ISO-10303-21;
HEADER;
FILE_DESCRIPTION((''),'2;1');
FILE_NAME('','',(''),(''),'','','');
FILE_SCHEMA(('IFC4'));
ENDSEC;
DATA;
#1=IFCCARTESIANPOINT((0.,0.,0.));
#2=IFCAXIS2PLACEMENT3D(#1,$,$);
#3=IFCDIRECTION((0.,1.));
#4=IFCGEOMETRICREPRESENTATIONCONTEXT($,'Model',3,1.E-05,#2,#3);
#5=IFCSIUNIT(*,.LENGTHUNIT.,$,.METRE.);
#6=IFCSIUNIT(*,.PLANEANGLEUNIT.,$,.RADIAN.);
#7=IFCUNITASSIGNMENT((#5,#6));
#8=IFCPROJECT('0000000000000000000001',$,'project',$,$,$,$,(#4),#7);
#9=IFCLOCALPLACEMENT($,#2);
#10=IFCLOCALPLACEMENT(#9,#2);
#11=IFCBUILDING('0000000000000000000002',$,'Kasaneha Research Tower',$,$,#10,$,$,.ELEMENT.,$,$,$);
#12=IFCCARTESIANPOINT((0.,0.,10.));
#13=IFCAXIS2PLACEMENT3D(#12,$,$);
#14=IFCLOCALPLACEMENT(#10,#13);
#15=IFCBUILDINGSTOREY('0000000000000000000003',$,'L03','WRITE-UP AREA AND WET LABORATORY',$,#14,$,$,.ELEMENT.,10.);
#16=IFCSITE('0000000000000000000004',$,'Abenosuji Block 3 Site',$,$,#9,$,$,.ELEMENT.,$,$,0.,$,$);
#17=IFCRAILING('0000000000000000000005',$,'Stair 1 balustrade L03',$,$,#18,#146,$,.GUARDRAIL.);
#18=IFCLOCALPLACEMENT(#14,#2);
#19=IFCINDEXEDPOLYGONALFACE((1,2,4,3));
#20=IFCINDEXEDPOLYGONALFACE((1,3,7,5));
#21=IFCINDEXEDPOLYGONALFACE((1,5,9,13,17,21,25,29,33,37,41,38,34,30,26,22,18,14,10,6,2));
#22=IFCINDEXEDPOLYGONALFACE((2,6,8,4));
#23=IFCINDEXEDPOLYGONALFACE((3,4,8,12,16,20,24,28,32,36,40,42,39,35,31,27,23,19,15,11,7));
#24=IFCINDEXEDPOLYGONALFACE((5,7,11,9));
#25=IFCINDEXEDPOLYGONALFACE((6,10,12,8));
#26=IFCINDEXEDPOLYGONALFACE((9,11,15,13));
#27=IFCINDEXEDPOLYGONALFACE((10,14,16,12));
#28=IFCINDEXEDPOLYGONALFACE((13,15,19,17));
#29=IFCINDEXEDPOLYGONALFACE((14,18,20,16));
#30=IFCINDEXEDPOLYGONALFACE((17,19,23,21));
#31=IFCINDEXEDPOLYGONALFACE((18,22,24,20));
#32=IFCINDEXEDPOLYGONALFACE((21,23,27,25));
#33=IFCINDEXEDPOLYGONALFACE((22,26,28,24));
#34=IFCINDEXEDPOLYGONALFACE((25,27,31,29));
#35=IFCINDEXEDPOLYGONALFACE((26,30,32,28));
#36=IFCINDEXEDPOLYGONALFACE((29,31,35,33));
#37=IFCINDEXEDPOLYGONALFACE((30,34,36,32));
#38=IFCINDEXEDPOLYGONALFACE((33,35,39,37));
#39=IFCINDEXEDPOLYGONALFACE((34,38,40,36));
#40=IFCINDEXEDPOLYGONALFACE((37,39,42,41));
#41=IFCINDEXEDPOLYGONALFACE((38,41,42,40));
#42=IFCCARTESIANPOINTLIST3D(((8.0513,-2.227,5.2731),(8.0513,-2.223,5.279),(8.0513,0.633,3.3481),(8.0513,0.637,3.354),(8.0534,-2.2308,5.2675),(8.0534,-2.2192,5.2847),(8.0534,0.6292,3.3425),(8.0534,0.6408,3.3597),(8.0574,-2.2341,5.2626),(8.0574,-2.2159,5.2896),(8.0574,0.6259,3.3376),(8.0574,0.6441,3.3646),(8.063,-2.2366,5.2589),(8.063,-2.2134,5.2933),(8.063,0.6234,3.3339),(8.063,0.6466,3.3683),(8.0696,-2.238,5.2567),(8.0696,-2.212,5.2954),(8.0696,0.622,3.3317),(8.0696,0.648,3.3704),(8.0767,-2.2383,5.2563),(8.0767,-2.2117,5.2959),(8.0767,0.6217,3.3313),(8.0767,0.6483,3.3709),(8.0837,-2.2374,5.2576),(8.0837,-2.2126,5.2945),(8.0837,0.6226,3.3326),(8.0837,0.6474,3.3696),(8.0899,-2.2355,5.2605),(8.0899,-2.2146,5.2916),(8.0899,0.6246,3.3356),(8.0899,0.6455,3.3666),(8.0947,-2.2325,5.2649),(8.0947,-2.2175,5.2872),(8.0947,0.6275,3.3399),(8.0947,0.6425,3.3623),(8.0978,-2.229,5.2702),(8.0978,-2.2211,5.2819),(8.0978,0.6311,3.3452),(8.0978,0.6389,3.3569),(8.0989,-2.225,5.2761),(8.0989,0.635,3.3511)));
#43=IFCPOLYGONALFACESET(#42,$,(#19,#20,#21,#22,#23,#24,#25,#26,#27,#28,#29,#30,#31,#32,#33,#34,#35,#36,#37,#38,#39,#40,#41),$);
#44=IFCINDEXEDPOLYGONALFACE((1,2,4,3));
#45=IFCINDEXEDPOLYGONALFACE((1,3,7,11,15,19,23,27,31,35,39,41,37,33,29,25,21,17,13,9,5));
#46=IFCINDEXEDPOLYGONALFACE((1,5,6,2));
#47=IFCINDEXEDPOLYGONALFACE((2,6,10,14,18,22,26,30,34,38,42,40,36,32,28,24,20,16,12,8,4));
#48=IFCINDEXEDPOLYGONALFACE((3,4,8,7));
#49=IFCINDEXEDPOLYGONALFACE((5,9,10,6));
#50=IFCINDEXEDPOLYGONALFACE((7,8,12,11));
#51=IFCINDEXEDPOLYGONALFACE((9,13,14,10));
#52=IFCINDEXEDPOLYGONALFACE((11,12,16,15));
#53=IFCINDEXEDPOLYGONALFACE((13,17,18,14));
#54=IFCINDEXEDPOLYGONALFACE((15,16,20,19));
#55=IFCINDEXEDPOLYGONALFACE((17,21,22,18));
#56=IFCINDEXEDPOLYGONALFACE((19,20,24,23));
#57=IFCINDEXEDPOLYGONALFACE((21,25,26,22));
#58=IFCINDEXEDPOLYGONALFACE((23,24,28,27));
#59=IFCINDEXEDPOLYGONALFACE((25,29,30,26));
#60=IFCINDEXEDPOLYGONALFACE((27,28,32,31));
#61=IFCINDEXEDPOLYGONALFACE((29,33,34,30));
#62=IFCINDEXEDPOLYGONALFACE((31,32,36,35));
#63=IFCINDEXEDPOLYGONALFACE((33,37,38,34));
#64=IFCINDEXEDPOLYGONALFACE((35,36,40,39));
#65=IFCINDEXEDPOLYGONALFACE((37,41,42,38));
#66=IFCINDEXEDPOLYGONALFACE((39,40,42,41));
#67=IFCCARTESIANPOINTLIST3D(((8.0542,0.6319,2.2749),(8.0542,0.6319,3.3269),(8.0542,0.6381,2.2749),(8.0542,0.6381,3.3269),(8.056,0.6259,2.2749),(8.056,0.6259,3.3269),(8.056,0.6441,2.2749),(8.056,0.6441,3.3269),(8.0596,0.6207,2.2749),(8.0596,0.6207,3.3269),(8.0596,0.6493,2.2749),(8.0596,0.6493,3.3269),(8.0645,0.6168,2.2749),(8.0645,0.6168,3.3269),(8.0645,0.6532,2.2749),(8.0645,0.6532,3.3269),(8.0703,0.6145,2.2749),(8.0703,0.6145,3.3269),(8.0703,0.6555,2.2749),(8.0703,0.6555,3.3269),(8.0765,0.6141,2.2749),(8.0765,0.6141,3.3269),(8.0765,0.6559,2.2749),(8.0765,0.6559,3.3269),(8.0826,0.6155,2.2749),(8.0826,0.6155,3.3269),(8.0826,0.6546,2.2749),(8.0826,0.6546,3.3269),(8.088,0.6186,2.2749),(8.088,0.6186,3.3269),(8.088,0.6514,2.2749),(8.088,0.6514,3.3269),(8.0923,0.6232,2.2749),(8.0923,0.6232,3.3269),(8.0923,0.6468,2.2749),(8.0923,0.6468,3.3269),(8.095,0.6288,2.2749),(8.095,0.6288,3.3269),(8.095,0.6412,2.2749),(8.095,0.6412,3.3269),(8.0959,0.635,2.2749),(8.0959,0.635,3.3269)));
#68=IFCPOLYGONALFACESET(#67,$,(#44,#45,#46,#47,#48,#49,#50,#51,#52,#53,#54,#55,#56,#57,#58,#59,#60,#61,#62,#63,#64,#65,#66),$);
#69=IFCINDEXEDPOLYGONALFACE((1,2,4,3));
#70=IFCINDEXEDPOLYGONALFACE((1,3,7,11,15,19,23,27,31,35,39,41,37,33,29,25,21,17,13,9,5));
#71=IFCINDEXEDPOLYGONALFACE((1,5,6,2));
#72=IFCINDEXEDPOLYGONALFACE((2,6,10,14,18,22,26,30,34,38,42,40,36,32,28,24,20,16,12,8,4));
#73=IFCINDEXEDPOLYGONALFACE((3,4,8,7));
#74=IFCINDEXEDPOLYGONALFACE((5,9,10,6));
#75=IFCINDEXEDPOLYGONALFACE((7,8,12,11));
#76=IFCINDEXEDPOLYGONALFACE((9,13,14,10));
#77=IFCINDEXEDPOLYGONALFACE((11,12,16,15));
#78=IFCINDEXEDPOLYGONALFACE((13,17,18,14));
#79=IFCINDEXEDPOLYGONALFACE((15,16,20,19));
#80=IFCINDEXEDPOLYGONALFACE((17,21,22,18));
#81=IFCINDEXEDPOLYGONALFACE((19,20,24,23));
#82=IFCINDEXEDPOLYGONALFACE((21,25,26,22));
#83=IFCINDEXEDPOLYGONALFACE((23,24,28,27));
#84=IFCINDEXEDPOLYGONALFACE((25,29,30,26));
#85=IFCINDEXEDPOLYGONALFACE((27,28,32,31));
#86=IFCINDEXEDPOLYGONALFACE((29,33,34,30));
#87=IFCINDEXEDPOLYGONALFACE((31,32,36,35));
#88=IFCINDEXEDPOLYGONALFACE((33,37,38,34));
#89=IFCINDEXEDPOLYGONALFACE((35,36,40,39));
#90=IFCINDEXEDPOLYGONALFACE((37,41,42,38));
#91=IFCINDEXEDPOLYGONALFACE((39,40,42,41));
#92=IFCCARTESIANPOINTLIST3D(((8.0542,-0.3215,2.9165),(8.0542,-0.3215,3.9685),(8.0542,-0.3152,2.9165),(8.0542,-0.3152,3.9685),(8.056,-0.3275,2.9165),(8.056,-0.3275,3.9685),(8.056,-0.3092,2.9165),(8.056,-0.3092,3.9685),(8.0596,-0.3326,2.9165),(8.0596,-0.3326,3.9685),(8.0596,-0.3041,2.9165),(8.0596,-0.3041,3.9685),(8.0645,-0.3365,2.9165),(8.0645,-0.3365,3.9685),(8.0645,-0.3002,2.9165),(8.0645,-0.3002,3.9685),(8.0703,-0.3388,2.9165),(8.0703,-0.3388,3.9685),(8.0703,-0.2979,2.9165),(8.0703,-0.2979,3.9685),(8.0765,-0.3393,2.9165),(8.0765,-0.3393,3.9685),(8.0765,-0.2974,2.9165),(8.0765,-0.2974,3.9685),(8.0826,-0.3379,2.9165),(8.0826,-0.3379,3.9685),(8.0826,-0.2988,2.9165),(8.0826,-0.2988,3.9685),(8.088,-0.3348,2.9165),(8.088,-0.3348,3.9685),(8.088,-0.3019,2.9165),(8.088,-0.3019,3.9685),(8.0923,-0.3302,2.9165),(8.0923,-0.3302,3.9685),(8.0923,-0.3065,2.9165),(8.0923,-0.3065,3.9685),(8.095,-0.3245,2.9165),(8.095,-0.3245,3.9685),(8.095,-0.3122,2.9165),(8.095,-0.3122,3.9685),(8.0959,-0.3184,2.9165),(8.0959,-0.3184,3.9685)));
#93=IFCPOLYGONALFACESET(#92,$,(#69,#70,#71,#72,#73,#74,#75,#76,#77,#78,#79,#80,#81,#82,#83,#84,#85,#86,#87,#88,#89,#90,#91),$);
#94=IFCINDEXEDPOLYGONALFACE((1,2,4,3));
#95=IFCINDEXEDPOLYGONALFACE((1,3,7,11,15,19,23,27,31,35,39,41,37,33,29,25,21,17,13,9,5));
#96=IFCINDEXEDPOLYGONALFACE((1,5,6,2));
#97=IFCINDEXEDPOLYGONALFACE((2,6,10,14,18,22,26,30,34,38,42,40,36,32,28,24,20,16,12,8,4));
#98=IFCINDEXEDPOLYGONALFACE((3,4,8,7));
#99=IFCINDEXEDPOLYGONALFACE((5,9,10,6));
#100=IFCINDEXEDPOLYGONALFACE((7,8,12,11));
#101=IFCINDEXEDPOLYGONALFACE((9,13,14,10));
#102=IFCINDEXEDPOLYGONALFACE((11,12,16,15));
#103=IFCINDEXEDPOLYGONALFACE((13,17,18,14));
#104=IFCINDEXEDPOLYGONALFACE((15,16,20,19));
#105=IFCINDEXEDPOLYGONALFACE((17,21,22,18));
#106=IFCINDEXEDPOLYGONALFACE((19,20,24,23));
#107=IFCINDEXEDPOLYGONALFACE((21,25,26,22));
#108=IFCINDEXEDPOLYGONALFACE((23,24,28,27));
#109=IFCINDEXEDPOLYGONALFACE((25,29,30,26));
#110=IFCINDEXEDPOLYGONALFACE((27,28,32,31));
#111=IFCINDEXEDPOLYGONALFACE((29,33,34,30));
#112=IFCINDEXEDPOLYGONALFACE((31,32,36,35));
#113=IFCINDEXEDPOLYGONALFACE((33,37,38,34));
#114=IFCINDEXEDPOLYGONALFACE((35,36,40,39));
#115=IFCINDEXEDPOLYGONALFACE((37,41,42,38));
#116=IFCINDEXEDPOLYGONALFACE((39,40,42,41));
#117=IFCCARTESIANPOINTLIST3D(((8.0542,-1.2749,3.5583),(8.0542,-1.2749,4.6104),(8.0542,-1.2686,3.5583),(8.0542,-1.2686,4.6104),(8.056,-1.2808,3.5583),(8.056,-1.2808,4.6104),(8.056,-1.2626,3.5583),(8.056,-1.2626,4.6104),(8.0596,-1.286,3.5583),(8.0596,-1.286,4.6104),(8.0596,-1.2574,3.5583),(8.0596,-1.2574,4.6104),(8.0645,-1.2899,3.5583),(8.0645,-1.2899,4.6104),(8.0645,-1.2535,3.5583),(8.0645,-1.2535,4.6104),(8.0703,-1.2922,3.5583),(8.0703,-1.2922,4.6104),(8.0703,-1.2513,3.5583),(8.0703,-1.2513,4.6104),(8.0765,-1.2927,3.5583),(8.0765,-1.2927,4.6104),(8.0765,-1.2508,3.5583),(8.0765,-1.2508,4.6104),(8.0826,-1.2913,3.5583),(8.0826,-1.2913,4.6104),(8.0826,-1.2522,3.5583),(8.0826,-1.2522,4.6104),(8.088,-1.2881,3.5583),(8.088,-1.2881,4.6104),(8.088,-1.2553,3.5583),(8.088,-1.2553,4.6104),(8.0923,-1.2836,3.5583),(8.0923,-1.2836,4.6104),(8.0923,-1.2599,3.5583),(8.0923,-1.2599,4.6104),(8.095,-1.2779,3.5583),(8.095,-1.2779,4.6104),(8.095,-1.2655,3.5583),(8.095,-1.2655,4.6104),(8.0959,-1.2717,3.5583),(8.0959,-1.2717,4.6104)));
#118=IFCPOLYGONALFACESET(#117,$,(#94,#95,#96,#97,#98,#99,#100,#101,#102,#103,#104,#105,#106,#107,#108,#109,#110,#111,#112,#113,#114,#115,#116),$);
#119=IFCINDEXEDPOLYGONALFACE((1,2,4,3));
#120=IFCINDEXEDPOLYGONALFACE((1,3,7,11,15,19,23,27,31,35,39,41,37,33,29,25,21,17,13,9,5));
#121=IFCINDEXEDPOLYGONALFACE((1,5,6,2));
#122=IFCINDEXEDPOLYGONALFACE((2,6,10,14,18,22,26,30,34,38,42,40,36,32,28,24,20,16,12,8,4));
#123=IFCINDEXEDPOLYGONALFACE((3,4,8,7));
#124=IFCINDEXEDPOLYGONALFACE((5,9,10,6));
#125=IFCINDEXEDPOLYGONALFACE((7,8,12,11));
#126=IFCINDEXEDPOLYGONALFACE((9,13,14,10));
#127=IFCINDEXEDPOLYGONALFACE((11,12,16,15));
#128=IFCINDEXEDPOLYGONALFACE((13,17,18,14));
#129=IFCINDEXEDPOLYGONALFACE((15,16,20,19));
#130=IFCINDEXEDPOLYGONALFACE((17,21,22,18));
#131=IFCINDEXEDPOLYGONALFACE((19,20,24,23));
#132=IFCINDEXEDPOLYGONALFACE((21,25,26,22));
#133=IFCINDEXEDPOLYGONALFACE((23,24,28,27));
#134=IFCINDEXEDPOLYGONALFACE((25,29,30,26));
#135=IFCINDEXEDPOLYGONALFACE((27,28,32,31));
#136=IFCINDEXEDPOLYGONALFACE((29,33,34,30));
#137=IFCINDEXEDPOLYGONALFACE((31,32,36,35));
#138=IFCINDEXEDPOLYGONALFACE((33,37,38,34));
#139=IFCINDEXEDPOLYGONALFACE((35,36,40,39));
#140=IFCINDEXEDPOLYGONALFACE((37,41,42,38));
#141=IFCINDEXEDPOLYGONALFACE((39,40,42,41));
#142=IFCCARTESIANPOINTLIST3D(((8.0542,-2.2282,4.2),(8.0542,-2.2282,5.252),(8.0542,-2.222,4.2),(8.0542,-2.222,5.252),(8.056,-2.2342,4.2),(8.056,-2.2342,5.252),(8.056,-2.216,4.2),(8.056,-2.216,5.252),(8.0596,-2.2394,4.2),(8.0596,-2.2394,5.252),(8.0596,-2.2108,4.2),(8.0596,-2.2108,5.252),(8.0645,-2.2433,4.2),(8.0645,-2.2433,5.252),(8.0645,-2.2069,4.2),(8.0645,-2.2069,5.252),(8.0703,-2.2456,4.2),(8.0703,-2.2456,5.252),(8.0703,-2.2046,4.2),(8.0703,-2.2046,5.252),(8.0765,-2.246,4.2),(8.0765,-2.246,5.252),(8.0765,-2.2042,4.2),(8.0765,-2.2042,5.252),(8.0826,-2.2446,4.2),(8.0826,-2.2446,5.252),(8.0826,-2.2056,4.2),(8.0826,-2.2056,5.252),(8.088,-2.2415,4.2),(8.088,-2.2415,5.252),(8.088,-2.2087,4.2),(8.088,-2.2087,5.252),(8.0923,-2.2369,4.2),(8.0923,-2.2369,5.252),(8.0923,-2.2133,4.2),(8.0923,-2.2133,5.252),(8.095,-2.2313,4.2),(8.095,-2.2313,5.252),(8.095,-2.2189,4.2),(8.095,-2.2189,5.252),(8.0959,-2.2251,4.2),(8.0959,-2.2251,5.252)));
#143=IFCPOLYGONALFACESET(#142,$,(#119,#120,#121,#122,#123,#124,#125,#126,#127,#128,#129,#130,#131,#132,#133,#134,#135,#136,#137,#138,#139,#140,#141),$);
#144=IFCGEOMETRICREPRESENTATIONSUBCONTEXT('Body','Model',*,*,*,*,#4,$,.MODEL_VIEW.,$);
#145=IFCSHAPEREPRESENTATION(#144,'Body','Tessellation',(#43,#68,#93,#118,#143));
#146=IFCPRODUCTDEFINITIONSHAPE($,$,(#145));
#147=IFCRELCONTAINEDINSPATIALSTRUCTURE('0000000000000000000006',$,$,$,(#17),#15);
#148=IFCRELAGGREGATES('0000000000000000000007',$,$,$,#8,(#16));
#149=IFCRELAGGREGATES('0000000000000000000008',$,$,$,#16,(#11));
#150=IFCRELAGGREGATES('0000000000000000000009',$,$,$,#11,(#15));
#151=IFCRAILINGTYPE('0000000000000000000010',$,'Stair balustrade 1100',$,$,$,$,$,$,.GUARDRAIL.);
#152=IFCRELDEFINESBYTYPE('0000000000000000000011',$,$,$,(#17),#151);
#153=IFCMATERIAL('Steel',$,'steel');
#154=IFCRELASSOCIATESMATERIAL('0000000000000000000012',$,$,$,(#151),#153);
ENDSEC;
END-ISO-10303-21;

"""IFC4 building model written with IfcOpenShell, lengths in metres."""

from ifc_helpers import new_model, si_unit, direction, frame, origin, origin_2d, place, context, subcontext, project, spatial, circle, extrude, material, type_object, element, save


model = new_model("IFC4")

# Units and contexts
model_context = context("Model", 3, precision=1e-05, world=origin(), true_north=direction((0.0, 1.0)))
body_context = subcontext(model_context, "Body", "Model", "MODEL_VIEW")
ifc_project = project(units=[si_unit("LENGTHUNIT", "METRE"), si_unit("PLANEANGLEUNIT", "RADIAN")], contexts=[model_context])

# Site, building, storey
site_placement = place(None, origin())
site = spatial("IfcSite", under=ifc_project, at=site_placement, Name="Abenosuji Block 3 Site", CompositionType="ELEMENT", RefElevation=0.0)
building_placement = place(site_placement, origin())
building = spatial("IfcBuilding", under=site, at=building_placement, Name="Kasaneha Research Tower", CompositionType="ELEMENT")
storey_placement = place(building_placement, frame((0.0, 0.0, 10.0)))
storey = spatial("IfcBuildingStorey", under=building, at=storey_placement, Name="L03", Description="WRITE-UP AREA AND WET LABORATORY", CompositionType="ELEMENT", Elevation=10.0)

# Railing
ifc_material_1 = material(Name="Steel", Category="steel")
railing_type_1 = type_object("IfcRailingType", Name="Stair balustrade 1100", PredefinedType="GUARDRAIL", material=ifc_material_1)
railing_1_placement = place(storey_placement, frame((8.075, 0.635, 2.2749)))
element("IfcRailing", 1, at=railing_1_placement, inside=storey, type_object=railing_type_1, Name="Stair 1 balustrade L03", PredefinedType="GUARDRAIL", context=body_context, shape_type="SweptSolid", body=[
    extrude(circle(Radius=0.0239, at=origin_2d()), frame((0.0, 0.0, 1.0762), z_axis=(0.0, -0.829591, 0.558372), x_axis=(1.0, 0.0, 0.0)), (0.0, 0.0, 1.0), 3.4475),
    extrude(circle(Radius=0.021, at=origin_2d()), origin(), (0.0, 0.0, 1.0), 1.052),
    extrude(circle(Radius=0.021, at=origin_2d()), frame((0.0, -0.9534, 0.6416)), (0.0, 0.0, 1.0), 1.052),
    extrude(circle(Radius=0.021, at=origin_2d()), frame((0.0, -1.9067, 1.2834)), (0.0, 0.0, 1.0), 1.052),
    extrude(circle(Radius=0.021, at=origin_2d()), frame((0.0, -2.8601, 1.925)), (0.0, 0.0, 1.0), 1.052),
])

save(model, "model.ifc")
